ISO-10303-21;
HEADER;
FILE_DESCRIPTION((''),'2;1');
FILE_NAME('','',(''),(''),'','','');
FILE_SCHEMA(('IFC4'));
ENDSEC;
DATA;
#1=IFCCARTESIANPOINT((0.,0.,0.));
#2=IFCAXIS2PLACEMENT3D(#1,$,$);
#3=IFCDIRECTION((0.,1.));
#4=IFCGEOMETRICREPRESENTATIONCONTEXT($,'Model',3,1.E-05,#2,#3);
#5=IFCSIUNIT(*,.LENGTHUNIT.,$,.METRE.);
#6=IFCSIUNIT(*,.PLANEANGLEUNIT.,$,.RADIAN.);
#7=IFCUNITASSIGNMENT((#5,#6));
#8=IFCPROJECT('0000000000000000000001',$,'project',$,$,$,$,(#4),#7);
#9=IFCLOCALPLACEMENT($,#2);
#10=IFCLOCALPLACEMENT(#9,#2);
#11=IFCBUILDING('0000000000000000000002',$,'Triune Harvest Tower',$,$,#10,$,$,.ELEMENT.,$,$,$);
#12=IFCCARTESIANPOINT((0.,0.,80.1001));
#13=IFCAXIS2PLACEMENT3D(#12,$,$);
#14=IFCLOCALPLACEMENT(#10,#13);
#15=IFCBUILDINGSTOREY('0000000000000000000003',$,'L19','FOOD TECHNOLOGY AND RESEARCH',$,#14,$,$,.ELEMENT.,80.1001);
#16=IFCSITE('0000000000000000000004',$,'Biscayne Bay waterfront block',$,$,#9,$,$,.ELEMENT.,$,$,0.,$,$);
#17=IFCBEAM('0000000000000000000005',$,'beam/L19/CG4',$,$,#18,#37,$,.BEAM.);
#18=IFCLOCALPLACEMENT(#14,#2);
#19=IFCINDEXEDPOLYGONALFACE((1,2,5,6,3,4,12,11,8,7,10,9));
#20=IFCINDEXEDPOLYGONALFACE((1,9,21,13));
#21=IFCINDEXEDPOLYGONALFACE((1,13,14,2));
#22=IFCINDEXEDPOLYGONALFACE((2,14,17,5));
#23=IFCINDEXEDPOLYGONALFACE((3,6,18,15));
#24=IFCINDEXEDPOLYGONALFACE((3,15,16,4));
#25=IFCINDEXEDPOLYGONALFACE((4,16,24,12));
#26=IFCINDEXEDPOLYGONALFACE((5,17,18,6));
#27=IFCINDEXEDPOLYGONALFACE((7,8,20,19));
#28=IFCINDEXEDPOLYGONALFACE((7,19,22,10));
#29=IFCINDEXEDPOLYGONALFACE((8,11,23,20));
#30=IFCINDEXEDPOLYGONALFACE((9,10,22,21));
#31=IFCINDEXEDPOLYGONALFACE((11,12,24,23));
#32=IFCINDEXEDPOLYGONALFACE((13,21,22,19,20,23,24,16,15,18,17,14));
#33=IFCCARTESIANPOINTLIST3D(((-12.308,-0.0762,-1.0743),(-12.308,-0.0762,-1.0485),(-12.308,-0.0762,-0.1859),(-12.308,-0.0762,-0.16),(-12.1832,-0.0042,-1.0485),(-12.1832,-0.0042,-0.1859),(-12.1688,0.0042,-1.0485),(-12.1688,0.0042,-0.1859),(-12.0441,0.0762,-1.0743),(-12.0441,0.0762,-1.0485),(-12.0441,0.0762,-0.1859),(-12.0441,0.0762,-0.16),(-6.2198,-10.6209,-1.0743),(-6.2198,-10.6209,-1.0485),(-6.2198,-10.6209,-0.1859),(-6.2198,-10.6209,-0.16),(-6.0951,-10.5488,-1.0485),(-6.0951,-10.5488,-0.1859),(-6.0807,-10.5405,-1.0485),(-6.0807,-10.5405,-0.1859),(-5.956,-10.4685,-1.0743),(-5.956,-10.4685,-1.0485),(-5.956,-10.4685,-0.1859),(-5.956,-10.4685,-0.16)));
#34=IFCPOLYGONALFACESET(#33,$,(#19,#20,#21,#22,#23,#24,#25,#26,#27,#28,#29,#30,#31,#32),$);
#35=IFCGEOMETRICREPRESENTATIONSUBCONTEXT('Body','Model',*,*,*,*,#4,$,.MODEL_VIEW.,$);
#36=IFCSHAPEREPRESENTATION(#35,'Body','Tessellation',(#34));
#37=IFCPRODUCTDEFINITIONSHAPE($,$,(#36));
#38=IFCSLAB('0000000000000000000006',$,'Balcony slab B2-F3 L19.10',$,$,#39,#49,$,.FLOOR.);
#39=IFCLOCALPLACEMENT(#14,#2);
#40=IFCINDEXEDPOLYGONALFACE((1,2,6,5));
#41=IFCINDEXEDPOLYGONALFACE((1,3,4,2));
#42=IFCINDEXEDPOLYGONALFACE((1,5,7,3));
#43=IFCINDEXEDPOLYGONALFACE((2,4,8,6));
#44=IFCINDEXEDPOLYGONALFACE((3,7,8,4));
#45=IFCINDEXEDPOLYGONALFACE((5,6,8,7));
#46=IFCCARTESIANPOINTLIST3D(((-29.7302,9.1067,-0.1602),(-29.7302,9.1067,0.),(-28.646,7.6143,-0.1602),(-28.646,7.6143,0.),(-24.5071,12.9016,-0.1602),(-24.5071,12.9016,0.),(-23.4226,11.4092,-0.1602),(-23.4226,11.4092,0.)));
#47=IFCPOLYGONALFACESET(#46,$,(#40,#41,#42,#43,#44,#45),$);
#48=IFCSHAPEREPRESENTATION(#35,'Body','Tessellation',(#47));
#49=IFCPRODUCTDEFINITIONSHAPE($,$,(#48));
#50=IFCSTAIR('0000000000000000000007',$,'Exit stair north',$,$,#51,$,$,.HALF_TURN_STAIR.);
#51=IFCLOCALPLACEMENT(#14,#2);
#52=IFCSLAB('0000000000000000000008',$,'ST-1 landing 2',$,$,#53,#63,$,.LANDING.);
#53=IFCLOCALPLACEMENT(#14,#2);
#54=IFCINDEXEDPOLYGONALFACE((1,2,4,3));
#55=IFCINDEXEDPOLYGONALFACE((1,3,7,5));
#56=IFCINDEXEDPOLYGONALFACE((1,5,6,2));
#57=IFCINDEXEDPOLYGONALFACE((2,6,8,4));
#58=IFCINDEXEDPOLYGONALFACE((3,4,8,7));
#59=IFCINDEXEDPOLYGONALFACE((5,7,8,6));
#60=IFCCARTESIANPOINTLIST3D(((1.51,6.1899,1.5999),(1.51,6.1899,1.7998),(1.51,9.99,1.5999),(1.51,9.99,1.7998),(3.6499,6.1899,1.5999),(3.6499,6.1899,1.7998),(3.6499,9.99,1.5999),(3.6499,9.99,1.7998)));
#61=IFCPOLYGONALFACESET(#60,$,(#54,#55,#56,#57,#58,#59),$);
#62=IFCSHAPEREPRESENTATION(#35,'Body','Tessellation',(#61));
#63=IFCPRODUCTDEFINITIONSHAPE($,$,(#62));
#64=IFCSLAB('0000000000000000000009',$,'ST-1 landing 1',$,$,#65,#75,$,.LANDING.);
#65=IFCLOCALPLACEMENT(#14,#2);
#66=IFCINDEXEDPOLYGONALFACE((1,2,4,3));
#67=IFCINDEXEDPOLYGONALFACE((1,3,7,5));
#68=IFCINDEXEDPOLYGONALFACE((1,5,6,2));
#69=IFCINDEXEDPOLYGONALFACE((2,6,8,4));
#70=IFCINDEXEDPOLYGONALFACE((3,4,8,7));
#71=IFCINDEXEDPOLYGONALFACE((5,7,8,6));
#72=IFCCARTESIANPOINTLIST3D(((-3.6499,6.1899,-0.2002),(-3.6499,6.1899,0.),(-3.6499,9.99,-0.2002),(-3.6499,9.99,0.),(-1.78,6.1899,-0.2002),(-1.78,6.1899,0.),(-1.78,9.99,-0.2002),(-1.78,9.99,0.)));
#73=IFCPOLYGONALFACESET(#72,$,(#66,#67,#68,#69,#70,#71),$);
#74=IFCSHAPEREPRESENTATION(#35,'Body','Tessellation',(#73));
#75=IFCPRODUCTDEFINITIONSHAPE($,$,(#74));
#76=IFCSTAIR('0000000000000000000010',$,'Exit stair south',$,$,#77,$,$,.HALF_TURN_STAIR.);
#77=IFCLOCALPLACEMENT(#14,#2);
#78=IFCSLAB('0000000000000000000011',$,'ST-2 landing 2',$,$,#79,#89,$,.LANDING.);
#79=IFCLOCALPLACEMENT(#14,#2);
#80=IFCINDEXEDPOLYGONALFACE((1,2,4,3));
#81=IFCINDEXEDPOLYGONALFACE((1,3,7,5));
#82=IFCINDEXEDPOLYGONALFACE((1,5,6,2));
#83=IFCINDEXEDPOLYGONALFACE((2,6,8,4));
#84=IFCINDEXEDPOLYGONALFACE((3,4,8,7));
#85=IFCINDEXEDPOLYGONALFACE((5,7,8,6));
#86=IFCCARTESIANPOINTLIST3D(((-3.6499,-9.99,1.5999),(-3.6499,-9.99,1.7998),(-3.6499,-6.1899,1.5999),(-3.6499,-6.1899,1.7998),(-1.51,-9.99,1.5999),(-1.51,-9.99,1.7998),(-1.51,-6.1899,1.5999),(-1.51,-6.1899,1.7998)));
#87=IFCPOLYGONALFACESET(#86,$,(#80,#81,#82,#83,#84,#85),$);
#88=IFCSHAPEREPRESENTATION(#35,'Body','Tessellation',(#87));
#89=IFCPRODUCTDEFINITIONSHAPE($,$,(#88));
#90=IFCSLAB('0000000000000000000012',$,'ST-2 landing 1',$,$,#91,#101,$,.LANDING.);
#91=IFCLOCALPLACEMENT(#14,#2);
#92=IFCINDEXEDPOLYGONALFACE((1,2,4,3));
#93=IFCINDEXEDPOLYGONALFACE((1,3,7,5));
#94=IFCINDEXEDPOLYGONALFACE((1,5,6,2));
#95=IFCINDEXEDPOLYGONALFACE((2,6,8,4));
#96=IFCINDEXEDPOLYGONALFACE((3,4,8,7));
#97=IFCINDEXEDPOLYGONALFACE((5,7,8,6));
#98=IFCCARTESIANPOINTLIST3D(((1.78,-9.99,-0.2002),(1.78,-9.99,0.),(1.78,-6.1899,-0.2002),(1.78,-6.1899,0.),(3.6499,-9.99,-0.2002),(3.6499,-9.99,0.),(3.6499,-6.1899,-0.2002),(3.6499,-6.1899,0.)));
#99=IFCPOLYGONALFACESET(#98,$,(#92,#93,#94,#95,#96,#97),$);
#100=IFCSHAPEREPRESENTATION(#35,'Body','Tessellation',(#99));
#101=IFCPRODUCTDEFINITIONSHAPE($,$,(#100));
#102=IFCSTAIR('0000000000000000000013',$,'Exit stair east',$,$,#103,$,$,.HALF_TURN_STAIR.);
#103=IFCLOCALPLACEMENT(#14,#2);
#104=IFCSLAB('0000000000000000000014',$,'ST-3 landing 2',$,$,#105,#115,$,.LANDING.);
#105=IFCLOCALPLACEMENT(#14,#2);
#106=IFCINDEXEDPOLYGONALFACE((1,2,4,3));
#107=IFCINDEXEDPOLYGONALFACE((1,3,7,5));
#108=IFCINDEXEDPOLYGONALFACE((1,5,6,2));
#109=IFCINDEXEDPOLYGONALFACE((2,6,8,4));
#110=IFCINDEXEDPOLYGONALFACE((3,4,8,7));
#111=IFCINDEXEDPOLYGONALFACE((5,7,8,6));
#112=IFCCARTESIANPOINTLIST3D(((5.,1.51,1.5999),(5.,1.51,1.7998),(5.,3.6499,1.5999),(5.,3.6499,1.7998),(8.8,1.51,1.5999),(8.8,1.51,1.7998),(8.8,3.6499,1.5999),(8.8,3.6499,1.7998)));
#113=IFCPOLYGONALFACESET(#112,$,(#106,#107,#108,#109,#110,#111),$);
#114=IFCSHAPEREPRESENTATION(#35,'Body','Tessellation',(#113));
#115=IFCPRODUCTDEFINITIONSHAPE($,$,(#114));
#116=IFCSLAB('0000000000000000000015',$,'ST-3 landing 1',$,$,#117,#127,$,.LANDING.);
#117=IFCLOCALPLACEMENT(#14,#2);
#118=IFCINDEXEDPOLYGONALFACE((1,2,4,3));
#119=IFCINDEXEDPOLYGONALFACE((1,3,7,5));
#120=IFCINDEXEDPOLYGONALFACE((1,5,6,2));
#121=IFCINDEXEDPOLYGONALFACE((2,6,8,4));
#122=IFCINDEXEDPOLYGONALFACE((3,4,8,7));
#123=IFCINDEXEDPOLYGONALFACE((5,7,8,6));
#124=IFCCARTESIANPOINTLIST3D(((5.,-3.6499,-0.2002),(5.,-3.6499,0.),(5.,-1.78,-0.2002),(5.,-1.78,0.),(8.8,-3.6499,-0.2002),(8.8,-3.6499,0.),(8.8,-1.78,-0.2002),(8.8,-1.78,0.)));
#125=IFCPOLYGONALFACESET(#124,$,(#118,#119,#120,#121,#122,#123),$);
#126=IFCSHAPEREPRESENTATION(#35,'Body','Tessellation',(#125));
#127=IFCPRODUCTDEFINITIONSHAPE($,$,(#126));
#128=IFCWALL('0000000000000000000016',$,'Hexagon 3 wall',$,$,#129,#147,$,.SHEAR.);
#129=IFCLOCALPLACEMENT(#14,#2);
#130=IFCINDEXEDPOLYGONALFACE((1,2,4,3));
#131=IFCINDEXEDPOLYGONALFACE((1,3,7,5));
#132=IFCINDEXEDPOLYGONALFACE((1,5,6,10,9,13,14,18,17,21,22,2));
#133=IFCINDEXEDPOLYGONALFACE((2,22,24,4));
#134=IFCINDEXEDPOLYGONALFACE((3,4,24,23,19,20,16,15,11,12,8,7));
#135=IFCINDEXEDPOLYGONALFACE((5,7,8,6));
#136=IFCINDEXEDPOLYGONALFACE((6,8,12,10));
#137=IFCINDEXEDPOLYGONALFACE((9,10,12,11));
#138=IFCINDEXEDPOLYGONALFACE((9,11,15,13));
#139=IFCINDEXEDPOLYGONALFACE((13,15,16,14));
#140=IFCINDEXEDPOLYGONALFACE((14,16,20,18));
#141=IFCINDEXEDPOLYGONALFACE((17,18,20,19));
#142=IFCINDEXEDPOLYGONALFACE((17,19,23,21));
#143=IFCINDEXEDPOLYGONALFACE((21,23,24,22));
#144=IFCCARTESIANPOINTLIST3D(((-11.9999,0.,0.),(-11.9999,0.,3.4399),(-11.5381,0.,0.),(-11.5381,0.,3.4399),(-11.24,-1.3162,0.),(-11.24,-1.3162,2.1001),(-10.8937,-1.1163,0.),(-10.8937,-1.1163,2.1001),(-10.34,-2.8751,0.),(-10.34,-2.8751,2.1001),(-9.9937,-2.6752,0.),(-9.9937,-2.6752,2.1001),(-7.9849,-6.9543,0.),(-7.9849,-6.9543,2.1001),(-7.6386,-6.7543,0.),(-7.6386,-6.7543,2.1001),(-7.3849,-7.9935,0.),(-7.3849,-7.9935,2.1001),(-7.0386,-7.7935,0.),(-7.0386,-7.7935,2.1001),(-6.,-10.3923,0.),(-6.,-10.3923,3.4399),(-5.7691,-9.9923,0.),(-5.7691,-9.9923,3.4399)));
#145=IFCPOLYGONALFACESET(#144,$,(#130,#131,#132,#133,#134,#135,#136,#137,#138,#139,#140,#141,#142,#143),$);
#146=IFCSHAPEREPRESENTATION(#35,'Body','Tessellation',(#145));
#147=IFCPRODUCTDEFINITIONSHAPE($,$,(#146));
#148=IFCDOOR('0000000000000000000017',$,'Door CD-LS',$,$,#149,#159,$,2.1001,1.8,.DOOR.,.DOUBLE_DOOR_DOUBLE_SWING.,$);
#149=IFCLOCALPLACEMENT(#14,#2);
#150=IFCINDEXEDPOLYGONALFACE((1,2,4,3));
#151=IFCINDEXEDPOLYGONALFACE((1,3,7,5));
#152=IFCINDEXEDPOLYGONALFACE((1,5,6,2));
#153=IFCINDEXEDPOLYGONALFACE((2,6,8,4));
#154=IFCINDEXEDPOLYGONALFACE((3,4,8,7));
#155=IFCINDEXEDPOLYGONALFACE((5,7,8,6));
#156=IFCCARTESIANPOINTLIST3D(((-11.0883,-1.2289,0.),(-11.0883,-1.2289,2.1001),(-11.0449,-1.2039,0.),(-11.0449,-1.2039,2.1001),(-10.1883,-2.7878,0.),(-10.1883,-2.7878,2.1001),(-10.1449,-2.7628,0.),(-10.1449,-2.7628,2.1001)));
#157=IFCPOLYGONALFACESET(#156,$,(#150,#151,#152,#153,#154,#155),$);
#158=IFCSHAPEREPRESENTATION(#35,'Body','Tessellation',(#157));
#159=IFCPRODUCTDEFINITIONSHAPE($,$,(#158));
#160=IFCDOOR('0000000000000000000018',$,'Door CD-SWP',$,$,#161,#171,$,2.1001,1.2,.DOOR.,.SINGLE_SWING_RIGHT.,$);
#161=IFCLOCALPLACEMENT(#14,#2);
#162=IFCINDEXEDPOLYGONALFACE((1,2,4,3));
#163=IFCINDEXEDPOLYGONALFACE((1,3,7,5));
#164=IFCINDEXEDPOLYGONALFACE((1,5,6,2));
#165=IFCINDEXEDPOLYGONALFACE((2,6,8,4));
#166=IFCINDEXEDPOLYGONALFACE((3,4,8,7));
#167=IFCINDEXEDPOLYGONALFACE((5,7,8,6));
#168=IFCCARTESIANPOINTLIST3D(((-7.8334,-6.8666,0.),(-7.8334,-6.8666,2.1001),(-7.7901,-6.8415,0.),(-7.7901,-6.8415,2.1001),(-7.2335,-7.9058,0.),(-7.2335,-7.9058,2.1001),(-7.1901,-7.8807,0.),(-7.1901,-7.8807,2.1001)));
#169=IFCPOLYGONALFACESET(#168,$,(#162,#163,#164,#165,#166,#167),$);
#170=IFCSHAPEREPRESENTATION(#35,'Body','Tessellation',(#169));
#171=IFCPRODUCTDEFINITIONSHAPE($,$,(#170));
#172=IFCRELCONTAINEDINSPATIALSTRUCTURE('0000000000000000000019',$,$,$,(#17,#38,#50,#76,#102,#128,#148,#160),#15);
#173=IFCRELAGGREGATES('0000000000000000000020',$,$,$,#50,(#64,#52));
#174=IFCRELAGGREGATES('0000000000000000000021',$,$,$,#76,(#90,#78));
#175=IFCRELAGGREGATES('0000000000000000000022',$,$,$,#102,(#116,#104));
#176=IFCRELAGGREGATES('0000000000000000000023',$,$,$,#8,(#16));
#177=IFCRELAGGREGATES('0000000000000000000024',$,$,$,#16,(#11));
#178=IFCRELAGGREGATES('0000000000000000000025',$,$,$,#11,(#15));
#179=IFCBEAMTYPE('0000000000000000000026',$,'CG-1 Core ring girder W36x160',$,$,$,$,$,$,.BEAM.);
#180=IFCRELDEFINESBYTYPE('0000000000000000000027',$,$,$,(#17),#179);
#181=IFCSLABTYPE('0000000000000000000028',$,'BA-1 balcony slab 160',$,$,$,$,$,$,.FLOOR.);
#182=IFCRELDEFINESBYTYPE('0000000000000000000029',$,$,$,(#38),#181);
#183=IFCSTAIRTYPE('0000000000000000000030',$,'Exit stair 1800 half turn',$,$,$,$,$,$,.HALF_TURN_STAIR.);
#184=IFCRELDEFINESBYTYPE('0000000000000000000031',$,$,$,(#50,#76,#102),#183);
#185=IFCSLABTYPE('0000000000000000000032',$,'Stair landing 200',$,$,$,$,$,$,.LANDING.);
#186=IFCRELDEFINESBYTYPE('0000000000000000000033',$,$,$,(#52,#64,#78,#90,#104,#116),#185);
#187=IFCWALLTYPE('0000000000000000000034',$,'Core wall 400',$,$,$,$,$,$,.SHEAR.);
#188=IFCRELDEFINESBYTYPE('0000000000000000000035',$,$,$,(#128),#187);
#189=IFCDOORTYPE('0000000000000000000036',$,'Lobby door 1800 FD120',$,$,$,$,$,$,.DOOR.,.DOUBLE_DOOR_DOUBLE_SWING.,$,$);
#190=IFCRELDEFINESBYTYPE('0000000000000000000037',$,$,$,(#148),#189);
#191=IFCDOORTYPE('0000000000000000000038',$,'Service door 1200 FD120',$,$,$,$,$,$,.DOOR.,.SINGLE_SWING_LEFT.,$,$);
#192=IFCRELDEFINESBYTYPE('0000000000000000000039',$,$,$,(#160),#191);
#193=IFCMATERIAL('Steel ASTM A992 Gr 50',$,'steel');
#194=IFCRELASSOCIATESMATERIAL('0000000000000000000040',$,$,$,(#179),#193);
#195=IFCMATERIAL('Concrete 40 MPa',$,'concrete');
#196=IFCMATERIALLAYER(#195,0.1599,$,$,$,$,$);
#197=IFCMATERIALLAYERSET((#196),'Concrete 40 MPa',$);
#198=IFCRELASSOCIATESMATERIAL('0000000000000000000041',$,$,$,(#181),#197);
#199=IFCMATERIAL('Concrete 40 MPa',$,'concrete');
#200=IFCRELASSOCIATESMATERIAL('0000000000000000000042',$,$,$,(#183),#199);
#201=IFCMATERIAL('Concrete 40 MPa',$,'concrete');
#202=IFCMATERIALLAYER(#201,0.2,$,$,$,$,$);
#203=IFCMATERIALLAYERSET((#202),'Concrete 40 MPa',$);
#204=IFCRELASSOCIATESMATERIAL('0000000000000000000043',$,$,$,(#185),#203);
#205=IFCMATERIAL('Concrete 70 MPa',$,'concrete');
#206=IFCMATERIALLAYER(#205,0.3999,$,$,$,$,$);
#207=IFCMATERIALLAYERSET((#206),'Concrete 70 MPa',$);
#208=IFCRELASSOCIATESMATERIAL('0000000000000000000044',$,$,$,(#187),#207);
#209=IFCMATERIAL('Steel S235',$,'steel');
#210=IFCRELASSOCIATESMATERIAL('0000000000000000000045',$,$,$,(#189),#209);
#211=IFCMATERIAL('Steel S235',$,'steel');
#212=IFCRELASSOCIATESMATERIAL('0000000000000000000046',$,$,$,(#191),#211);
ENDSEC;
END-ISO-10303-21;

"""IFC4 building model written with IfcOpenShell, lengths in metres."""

from ifc_helpers import new_model, si_unit, direction, frame, frame_2d, origin, origin_2d, place, context, subcontext, project, spatial, polyline, rectangle, i_section, outline, extrude, source, transform, mapped, material, layer, layer_set, material_profile, profile_set, type_object, element, fill, aggregate, save


model = new_model("IFC4")

# Units and contexts
model_context = context("Model", 3, precision=1e-05, world=origin(), true_north=direction((0.0, 1.0)))
body_context = subcontext(model_context, "Body", "Model", "MODEL_VIEW")
ifc_project = project(units=[si_unit("LENGTHUNIT", "METRE"), si_unit("PLANEANGLEUNIT", "RADIAN")], contexts=[model_context])

# Site, building, storey
site_placement = place(None, origin())
site = spatial("IfcSite", under=ifc_project, at=site_placement, Name="Biscayne Bay waterfront block", CompositionType="ELEMENT", RefElevation=0.0)
building_placement = place(site_placement, origin())
building = spatial("IfcBuilding", under=site, at=building_placement, Name="Triune Harvest Tower", CompositionType="ELEMENT")
storey_placement = place(building_placement, frame((0.0, 0.0, 80.1001)))
storey = spatial("IfcBuildingStorey", under=building, at=storey_placement, Name="L19", Description="FOOD TECHNOLOGY AND RESEARCH", CompositionType="ELEMENT", Elevation=80.1001)

# Beam
ifc_material_1 = material(Name="Steel ASTM A992 Gr 50", Category="steel")
ifc_material_profile = material_profile(ifc_material_1, i_section(OverallWidth=0.3047, OverallDepth=0.9143, WebThickness=0.0166, FlangeThickness=0.0259, at=origin_2d()), Name="W36x160")
ifc_profile_set = profile_set([ifc_material_profile], Name="Steel ASTM A992 Gr 50")
beam_type = type_object("IfcBeamType", Name="CG-1 Core ring girder W36x160", PredefinedType="BEAM", material=ifc_profile_set)
shared_shape_1 = source(origin(), body_context, "Body", "SweptSolid", [
    extrude(i_section(OverallWidth=0.3047, OverallDepth=0.9143, WebThickness=0.0166, FlangeThickness=0.0259, at=origin_2d()), origin(), (0.0, 0.0, 1.0), 12.176),
])
beam_placement = place(storey_placement, frame((-12.176, 0.0, -0.6172), z_axis=(0.50001, -0.86602, 0.0), x_axis=(0.86602, 0.50001, 0.0)))
element("IfcBeam", 1, at=beam_placement, inside=storey, type_object=beam_type, Name="beam/L19/CG4", PredefinedType="BEAM", context=body_context, shape_type="MappedRepresentation", body=[
    mapped(shared_shape_1, transform((0.0, 0.0, 0.0), scale=1.0)),
])

# Slab
ifc_material_2 = material(Name="Concrete 40 MPa", Category="concrete")
ifc_layer_1 = layer(ifc_material_2, 0.1599)
ifc_layer_set_1 = layer_set([ifc_layer_1], Name="Concrete 40 MPa")
slab_type_1 = type_object("IfcSlabType", Name="BA-1 balcony slab 160", PredefinedType="FLOOR", material=ifc_layer_set_1)
slab_1_placement = place(storey_placement, frame((0.0, 0.0, -0.1602)))
element("IfcSlab", 2, at=slab_1_placement, inside=storey, type_object=slab_type_1, Name="Balcony slab B2-F3 L19.10", PredefinedType="FLOOR", context=body_context, shape_type="SweptSolid", body=[
    extrude(outline(polyline([(-23.4226, 11.4092), (-28.646, 7.6143), (-29.7302, 9.1067), (-24.5071, 12.9016), (-23.4226, 11.4092)])), origin(), (0.0, 0.0, 1.0), 0.1602),
])

# Stairs, slabs
ifc_material_3 = material(Name="Concrete 40 MPa", Category="concrete")
stair_type = type_object("IfcStairType", Name="Exit stair 1800 half turn", PredefinedType="HALF_TURN_STAIR", material=ifc_material_3)
stair_1_placement = place(storey_placement, origin())
stair_1 = element("IfcStair", 3, at=stair_1_placement, inside=storey, type_object=stair_type, Name="Exit stair north", PredefinedType="HALF_TURN_STAIR")
ifc_material_4 = material(Name="Concrete 40 MPa", Category="concrete")
ifc_layer_2 = layer(ifc_material_4, 0.2)
ifc_layer_set_2 = layer_set([ifc_layer_2], Name="Concrete 40 MPa")
slab_type_2 = type_object("IfcSlabType", Name="Stair landing 200", PredefinedType="LANDING", material=ifc_layer_set_2)
shared_shape_2 = source(origin(), body_context, "Body", "SweptSolid", [
    extrude(outline(polyline([(1.51, 6.1899), (3.6499, 6.1899), (3.6499, 9.99), (1.51, 9.99), (1.51, 6.1899)])), origin(), (0.0, 0.0, 1.0), 0.2),
])
slab_2_placement = place(storey_placement, frame((0.0, 0.0, 1.5999)))
slab_2 = element("IfcSlab", 4, at=slab_2_placement, type_object=slab_type_2, Name="ST-1 landing 2", PredefinedType="LANDING", context=body_context, shape_type="MappedRepresentation", body=[
    mapped(shared_shape_2, transform((0.0, 0.0, 0.0), scale=1.0)),
])
shared_shape_3 = source(origin(), body_context, "Body", "SweptSolid", [
    extrude(outline(polyline([(-3.6499, 6.1899), (-1.78, 6.1899), (-1.78, 9.99), (-3.6499, 9.99), (-3.6499, 6.1899)])), origin(), (0.0, 0.0, 1.0), 0.2002),
])
slab_3_placement = place(storey_placement, frame((0.0, 0.0, -0.2002)))
slab_3 = element("IfcSlab", 5, at=slab_3_placement, type_object=slab_type_2, Name="ST-1 landing 1", PredefinedType="LANDING", context=body_context, shape_type="MappedRepresentation", body=[
    mapped(shared_shape_3, transform((0.0, 0.0, 0.0), scale=1.0)),
])
aggregate(stair_1, [slab_3, slab_2])
stair_2_placement = place(storey_placement, origin())
stair_2 = element("IfcStair", 6, at=stair_2_placement, inside=storey, type_object=stair_type, Name="Exit stair south", PredefinedType="HALF_TURN_STAIR")
shared_shape_4 = source(origin(), body_context, "Body", "SweptSolid", [
    extrude(outline(polyline([(-1.51, -6.1899), (-3.6499, -6.1899), (-3.6499, -9.99), (-1.51, -9.99), (-1.51, -6.1899)])), origin(), (0.0, 0.0, 1.0), 0.2),
])
slab_4_placement = place(storey_placement, frame((0.0, 0.0, 1.5999)))
slab_4 = element("IfcSlab", 7, at=slab_4_placement, type_object=slab_type_2, Name="ST-2 landing 2", PredefinedType="LANDING", context=body_context, shape_type="MappedRepresentation", body=[
    mapped(shared_shape_4, transform((0.0, 0.0, 0.0), scale=1.0)),
])
shared_shape_5 = source(origin(), body_context, "Body", "SweptSolid", [
    extrude(outline(polyline([(3.6499, -6.1899), (1.78, -6.1899), (1.78, -9.99), (3.6499, -9.99), (3.6499, -6.1899)])), origin(), (0.0, 0.0, 1.0), 0.2002),
])
slab_5_placement = place(storey_placement, frame((0.0, 0.0, -0.2002)))
slab_5 = element("IfcSlab", 8, at=slab_5_placement, type_object=slab_type_2, Name="ST-2 landing 1", PredefinedType="LANDING", context=body_context, shape_type="MappedRepresentation", body=[
    mapped(shared_shape_5, transform((0.0, 0.0, 0.0), scale=1.0)),
])
aggregate(stair_2, [slab_5, slab_4])
stair_3_placement = place(storey_placement, origin())
stair_3 = element("IfcStair", 9, at=stair_3_placement, inside=storey, type_object=stair_type, Name="Exit stair east", PredefinedType="HALF_TURN_STAIR")
shared_shape_6 = source(origin(), body_context, "Body", "SweptSolid", [
    extrude(outline(polyline([(8.8, 1.51), (8.8, 3.6499), (5.0, 3.6499), (5.0, 1.51), (8.8, 1.51)])), origin(), (0.0, 0.0, 1.0), 0.2),
])
slab_6_placement = place(storey_placement, frame((0.0, 0.0, 1.5999)))
slab_6 = element("IfcSlab", 10, at=slab_6_placement, type_object=slab_type_2, Name="ST-3 landing 2", PredefinedType="LANDING", context=body_context, shape_type="MappedRepresentation", body=[
    mapped(shared_shape_6, transform((0.0, 0.0, 0.0), scale=1.0)),
])
shared_shape_7 = source(origin(), body_context, "Body", "SweptSolid", [
    extrude(outline(polyline([(8.8, -3.6499), (8.8, -1.78), (5.0, -1.78), (5.0, -3.6499), (8.8, -3.6499)])), origin(), (0.0, 0.0, 1.0), 0.2002),
])
slab_7_placement = place(storey_placement, frame((0.0, 0.0, -0.2002)))
slab_7 = element("IfcSlab", 11, at=slab_7_placement, type_object=slab_type_2, Name="ST-3 landing 1", PredefinedType="LANDING", context=body_context, shape_type="MappedRepresentation", body=[
    mapped(shared_shape_7, transform((0.0, 0.0, 0.0), scale=1.0)),
])
aggregate(stair_3, [slab_7, slab_6])

# Wall, openings, doors
ifc_material_5 = material(Name="Concrete 70 MPa", Category="concrete")
ifc_layer_3 = layer(ifc_material_5, 0.3999)
ifc_layer_set_3 = layer_set([ifc_layer_3], Name="Concrete 70 MPa")
wall_type_1 = type_object("IfcWallType", Name="Core wall 400", PredefinedType="SHEAR", material=ifc_layer_set_3)
shared_shape_8 = source(origin(), body_context, "Body", "SweptSolid", [
    extrude(outline(polyline([(-0.1155, -0.2), (11.8845, -0.2), (11.6536, 0.2), (0.1155, 0.2), (-0.1155, -0.2)])), origin(), (0.0, 0.0, 1.0), 3.4399),
])
wall_1_placement = place(storey_placement, frame((-11.769, 0.0, 0.0), z_axis=(0.0, 0.0, 1.0), x_axis=(0.499997, -0.866027, 0.0)))
wall_1 = element("IfcWall", 12, at=wall_1_placement, inside=storey, type_object=wall_type_1, Name="Hexagon 3 wall", PredefinedType="SHEAR", context=body_context, shape_type="MappedRepresentation", body=[
    mapped(shared_shape_8, transform((0.0, 0.0, 0.0), scale=1.0)),
])
opening_1_placement = place(wall_1_placement, frame((1.4045, 0.0, 0.0)))
opening_1 = element("IfcOpeningElement", 13, at=opening_1_placement, cuts=wall_1, PredefinedType="OPENING", context=body_context, shape_type="SweptSolid", body=[
    extrude(rectangle(XDim=1.8, YDim=2.1001, at=frame_2d((0.8999, 1.05))), frame((0.0, 0.21, 0.0), z_axis=(0.0, -1.0, 0.0), x_axis=(1.0, 0.0, 0.0)), (0.0, 0.0, 1.0), 0.4199),
])
opening_2_placement = place(wall_1_placement, frame((7.9146, 0.0, 0.0)))
opening_2 = element("IfcOpeningElement", 14, at=opening_2_placement, cuts=wall_1, PredefinedType="OPENING", context=body_context, shape_type="SweptSolid", body=[
    extrude(rectangle(XDim=1.2, YDim=2.1001, at=frame_2d((0.6001, 1.05))), frame((0.0, 0.21, 0.0), z_axis=(0.0, -1.0, 0.0), x_axis=(1.0, 0.0, 0.0)), (0.0, 0.0, 1.0), 0.4199),
])
ifc_material_6 = material(Name="Steel S235", Category="steel")
door_type_1 = type_object("IfcDoorType", Name="Lobby door 1800 FD120", OperationType="DOUBLE_DOOR_DOUBLE_SWING", PredefinedType="DOOR", material=ifc_material_6)
door_1_placement = place(opening_1_placement, frame((1.8, 0.0, 0.0), z_axis=(0.0, 0.0, 1.0), x_axis=(-1.0, 0.0, 0.0)))
door_1 = element("IfcDoor", 15, at=door_1_placement, inside=storey, type_object=door_type_1, Name="Door CD-LS", OperationType="DOUBLE_DOOR_DOUBLE_SWING", OverallHeight=2.1001, OverallWidth=1.8, PredefinedType="DOOR", context=body_context, shape_type="SweptSolid", body=[
    extrude(rectangle(XDim=1.8, YDim=2.1001, at=frame_2d((0.8999, 1.05))), frame((0.0, 0.0249, 0.0), z_axis=(0.0, -1.0, 0.0), x_axis=(1.0, 0.0, 0.0)), (0.0, 0.0, 1.0), 0.05),
])
fill(opening_1, door_1)
ifc_material_7 = material(Name="Steel S235", Category="steel")
door_type_2 = type_object("IfcDoorType", Name="Service door 1200 FD120", OperationType="SINGLE_SWING_LEFT", PredefinedType="DOOR", material=ifc_material_7)
door_2_placement = place(opening_2_placement, frame((1.2, 0.0, 0.0), z_axis=(0.0, 0.0, 1.0), x_axis=(-1.0, 0.0, 0.0)))
door_2 = element("IfcDoor", 16, at=door_2_placement, inside=storey, type_object=door_type_2, Name="Door CD-SWP", OperationType="SINGLE_SWING_RIGHT", OverallHeight=2.1001, OverallWidth=1.2, PredefinedType="DOOR", context=body_context, shape_type="SweptSolid", body=[
    extrude(rectangle(XDim=1.2, YDim=2.1001, at=frame_2d((0.6001, 1.05))), frame((0.0, 0.0249, 0.0), z_axis=(0.0, -1.0, 0.0), x_axis=(1.0, 0.0, 0.0)), (0.0, 0.0, 1.0), 0.05),
])
fill(opening_2, door_2)

save(model, "model.ifc")
